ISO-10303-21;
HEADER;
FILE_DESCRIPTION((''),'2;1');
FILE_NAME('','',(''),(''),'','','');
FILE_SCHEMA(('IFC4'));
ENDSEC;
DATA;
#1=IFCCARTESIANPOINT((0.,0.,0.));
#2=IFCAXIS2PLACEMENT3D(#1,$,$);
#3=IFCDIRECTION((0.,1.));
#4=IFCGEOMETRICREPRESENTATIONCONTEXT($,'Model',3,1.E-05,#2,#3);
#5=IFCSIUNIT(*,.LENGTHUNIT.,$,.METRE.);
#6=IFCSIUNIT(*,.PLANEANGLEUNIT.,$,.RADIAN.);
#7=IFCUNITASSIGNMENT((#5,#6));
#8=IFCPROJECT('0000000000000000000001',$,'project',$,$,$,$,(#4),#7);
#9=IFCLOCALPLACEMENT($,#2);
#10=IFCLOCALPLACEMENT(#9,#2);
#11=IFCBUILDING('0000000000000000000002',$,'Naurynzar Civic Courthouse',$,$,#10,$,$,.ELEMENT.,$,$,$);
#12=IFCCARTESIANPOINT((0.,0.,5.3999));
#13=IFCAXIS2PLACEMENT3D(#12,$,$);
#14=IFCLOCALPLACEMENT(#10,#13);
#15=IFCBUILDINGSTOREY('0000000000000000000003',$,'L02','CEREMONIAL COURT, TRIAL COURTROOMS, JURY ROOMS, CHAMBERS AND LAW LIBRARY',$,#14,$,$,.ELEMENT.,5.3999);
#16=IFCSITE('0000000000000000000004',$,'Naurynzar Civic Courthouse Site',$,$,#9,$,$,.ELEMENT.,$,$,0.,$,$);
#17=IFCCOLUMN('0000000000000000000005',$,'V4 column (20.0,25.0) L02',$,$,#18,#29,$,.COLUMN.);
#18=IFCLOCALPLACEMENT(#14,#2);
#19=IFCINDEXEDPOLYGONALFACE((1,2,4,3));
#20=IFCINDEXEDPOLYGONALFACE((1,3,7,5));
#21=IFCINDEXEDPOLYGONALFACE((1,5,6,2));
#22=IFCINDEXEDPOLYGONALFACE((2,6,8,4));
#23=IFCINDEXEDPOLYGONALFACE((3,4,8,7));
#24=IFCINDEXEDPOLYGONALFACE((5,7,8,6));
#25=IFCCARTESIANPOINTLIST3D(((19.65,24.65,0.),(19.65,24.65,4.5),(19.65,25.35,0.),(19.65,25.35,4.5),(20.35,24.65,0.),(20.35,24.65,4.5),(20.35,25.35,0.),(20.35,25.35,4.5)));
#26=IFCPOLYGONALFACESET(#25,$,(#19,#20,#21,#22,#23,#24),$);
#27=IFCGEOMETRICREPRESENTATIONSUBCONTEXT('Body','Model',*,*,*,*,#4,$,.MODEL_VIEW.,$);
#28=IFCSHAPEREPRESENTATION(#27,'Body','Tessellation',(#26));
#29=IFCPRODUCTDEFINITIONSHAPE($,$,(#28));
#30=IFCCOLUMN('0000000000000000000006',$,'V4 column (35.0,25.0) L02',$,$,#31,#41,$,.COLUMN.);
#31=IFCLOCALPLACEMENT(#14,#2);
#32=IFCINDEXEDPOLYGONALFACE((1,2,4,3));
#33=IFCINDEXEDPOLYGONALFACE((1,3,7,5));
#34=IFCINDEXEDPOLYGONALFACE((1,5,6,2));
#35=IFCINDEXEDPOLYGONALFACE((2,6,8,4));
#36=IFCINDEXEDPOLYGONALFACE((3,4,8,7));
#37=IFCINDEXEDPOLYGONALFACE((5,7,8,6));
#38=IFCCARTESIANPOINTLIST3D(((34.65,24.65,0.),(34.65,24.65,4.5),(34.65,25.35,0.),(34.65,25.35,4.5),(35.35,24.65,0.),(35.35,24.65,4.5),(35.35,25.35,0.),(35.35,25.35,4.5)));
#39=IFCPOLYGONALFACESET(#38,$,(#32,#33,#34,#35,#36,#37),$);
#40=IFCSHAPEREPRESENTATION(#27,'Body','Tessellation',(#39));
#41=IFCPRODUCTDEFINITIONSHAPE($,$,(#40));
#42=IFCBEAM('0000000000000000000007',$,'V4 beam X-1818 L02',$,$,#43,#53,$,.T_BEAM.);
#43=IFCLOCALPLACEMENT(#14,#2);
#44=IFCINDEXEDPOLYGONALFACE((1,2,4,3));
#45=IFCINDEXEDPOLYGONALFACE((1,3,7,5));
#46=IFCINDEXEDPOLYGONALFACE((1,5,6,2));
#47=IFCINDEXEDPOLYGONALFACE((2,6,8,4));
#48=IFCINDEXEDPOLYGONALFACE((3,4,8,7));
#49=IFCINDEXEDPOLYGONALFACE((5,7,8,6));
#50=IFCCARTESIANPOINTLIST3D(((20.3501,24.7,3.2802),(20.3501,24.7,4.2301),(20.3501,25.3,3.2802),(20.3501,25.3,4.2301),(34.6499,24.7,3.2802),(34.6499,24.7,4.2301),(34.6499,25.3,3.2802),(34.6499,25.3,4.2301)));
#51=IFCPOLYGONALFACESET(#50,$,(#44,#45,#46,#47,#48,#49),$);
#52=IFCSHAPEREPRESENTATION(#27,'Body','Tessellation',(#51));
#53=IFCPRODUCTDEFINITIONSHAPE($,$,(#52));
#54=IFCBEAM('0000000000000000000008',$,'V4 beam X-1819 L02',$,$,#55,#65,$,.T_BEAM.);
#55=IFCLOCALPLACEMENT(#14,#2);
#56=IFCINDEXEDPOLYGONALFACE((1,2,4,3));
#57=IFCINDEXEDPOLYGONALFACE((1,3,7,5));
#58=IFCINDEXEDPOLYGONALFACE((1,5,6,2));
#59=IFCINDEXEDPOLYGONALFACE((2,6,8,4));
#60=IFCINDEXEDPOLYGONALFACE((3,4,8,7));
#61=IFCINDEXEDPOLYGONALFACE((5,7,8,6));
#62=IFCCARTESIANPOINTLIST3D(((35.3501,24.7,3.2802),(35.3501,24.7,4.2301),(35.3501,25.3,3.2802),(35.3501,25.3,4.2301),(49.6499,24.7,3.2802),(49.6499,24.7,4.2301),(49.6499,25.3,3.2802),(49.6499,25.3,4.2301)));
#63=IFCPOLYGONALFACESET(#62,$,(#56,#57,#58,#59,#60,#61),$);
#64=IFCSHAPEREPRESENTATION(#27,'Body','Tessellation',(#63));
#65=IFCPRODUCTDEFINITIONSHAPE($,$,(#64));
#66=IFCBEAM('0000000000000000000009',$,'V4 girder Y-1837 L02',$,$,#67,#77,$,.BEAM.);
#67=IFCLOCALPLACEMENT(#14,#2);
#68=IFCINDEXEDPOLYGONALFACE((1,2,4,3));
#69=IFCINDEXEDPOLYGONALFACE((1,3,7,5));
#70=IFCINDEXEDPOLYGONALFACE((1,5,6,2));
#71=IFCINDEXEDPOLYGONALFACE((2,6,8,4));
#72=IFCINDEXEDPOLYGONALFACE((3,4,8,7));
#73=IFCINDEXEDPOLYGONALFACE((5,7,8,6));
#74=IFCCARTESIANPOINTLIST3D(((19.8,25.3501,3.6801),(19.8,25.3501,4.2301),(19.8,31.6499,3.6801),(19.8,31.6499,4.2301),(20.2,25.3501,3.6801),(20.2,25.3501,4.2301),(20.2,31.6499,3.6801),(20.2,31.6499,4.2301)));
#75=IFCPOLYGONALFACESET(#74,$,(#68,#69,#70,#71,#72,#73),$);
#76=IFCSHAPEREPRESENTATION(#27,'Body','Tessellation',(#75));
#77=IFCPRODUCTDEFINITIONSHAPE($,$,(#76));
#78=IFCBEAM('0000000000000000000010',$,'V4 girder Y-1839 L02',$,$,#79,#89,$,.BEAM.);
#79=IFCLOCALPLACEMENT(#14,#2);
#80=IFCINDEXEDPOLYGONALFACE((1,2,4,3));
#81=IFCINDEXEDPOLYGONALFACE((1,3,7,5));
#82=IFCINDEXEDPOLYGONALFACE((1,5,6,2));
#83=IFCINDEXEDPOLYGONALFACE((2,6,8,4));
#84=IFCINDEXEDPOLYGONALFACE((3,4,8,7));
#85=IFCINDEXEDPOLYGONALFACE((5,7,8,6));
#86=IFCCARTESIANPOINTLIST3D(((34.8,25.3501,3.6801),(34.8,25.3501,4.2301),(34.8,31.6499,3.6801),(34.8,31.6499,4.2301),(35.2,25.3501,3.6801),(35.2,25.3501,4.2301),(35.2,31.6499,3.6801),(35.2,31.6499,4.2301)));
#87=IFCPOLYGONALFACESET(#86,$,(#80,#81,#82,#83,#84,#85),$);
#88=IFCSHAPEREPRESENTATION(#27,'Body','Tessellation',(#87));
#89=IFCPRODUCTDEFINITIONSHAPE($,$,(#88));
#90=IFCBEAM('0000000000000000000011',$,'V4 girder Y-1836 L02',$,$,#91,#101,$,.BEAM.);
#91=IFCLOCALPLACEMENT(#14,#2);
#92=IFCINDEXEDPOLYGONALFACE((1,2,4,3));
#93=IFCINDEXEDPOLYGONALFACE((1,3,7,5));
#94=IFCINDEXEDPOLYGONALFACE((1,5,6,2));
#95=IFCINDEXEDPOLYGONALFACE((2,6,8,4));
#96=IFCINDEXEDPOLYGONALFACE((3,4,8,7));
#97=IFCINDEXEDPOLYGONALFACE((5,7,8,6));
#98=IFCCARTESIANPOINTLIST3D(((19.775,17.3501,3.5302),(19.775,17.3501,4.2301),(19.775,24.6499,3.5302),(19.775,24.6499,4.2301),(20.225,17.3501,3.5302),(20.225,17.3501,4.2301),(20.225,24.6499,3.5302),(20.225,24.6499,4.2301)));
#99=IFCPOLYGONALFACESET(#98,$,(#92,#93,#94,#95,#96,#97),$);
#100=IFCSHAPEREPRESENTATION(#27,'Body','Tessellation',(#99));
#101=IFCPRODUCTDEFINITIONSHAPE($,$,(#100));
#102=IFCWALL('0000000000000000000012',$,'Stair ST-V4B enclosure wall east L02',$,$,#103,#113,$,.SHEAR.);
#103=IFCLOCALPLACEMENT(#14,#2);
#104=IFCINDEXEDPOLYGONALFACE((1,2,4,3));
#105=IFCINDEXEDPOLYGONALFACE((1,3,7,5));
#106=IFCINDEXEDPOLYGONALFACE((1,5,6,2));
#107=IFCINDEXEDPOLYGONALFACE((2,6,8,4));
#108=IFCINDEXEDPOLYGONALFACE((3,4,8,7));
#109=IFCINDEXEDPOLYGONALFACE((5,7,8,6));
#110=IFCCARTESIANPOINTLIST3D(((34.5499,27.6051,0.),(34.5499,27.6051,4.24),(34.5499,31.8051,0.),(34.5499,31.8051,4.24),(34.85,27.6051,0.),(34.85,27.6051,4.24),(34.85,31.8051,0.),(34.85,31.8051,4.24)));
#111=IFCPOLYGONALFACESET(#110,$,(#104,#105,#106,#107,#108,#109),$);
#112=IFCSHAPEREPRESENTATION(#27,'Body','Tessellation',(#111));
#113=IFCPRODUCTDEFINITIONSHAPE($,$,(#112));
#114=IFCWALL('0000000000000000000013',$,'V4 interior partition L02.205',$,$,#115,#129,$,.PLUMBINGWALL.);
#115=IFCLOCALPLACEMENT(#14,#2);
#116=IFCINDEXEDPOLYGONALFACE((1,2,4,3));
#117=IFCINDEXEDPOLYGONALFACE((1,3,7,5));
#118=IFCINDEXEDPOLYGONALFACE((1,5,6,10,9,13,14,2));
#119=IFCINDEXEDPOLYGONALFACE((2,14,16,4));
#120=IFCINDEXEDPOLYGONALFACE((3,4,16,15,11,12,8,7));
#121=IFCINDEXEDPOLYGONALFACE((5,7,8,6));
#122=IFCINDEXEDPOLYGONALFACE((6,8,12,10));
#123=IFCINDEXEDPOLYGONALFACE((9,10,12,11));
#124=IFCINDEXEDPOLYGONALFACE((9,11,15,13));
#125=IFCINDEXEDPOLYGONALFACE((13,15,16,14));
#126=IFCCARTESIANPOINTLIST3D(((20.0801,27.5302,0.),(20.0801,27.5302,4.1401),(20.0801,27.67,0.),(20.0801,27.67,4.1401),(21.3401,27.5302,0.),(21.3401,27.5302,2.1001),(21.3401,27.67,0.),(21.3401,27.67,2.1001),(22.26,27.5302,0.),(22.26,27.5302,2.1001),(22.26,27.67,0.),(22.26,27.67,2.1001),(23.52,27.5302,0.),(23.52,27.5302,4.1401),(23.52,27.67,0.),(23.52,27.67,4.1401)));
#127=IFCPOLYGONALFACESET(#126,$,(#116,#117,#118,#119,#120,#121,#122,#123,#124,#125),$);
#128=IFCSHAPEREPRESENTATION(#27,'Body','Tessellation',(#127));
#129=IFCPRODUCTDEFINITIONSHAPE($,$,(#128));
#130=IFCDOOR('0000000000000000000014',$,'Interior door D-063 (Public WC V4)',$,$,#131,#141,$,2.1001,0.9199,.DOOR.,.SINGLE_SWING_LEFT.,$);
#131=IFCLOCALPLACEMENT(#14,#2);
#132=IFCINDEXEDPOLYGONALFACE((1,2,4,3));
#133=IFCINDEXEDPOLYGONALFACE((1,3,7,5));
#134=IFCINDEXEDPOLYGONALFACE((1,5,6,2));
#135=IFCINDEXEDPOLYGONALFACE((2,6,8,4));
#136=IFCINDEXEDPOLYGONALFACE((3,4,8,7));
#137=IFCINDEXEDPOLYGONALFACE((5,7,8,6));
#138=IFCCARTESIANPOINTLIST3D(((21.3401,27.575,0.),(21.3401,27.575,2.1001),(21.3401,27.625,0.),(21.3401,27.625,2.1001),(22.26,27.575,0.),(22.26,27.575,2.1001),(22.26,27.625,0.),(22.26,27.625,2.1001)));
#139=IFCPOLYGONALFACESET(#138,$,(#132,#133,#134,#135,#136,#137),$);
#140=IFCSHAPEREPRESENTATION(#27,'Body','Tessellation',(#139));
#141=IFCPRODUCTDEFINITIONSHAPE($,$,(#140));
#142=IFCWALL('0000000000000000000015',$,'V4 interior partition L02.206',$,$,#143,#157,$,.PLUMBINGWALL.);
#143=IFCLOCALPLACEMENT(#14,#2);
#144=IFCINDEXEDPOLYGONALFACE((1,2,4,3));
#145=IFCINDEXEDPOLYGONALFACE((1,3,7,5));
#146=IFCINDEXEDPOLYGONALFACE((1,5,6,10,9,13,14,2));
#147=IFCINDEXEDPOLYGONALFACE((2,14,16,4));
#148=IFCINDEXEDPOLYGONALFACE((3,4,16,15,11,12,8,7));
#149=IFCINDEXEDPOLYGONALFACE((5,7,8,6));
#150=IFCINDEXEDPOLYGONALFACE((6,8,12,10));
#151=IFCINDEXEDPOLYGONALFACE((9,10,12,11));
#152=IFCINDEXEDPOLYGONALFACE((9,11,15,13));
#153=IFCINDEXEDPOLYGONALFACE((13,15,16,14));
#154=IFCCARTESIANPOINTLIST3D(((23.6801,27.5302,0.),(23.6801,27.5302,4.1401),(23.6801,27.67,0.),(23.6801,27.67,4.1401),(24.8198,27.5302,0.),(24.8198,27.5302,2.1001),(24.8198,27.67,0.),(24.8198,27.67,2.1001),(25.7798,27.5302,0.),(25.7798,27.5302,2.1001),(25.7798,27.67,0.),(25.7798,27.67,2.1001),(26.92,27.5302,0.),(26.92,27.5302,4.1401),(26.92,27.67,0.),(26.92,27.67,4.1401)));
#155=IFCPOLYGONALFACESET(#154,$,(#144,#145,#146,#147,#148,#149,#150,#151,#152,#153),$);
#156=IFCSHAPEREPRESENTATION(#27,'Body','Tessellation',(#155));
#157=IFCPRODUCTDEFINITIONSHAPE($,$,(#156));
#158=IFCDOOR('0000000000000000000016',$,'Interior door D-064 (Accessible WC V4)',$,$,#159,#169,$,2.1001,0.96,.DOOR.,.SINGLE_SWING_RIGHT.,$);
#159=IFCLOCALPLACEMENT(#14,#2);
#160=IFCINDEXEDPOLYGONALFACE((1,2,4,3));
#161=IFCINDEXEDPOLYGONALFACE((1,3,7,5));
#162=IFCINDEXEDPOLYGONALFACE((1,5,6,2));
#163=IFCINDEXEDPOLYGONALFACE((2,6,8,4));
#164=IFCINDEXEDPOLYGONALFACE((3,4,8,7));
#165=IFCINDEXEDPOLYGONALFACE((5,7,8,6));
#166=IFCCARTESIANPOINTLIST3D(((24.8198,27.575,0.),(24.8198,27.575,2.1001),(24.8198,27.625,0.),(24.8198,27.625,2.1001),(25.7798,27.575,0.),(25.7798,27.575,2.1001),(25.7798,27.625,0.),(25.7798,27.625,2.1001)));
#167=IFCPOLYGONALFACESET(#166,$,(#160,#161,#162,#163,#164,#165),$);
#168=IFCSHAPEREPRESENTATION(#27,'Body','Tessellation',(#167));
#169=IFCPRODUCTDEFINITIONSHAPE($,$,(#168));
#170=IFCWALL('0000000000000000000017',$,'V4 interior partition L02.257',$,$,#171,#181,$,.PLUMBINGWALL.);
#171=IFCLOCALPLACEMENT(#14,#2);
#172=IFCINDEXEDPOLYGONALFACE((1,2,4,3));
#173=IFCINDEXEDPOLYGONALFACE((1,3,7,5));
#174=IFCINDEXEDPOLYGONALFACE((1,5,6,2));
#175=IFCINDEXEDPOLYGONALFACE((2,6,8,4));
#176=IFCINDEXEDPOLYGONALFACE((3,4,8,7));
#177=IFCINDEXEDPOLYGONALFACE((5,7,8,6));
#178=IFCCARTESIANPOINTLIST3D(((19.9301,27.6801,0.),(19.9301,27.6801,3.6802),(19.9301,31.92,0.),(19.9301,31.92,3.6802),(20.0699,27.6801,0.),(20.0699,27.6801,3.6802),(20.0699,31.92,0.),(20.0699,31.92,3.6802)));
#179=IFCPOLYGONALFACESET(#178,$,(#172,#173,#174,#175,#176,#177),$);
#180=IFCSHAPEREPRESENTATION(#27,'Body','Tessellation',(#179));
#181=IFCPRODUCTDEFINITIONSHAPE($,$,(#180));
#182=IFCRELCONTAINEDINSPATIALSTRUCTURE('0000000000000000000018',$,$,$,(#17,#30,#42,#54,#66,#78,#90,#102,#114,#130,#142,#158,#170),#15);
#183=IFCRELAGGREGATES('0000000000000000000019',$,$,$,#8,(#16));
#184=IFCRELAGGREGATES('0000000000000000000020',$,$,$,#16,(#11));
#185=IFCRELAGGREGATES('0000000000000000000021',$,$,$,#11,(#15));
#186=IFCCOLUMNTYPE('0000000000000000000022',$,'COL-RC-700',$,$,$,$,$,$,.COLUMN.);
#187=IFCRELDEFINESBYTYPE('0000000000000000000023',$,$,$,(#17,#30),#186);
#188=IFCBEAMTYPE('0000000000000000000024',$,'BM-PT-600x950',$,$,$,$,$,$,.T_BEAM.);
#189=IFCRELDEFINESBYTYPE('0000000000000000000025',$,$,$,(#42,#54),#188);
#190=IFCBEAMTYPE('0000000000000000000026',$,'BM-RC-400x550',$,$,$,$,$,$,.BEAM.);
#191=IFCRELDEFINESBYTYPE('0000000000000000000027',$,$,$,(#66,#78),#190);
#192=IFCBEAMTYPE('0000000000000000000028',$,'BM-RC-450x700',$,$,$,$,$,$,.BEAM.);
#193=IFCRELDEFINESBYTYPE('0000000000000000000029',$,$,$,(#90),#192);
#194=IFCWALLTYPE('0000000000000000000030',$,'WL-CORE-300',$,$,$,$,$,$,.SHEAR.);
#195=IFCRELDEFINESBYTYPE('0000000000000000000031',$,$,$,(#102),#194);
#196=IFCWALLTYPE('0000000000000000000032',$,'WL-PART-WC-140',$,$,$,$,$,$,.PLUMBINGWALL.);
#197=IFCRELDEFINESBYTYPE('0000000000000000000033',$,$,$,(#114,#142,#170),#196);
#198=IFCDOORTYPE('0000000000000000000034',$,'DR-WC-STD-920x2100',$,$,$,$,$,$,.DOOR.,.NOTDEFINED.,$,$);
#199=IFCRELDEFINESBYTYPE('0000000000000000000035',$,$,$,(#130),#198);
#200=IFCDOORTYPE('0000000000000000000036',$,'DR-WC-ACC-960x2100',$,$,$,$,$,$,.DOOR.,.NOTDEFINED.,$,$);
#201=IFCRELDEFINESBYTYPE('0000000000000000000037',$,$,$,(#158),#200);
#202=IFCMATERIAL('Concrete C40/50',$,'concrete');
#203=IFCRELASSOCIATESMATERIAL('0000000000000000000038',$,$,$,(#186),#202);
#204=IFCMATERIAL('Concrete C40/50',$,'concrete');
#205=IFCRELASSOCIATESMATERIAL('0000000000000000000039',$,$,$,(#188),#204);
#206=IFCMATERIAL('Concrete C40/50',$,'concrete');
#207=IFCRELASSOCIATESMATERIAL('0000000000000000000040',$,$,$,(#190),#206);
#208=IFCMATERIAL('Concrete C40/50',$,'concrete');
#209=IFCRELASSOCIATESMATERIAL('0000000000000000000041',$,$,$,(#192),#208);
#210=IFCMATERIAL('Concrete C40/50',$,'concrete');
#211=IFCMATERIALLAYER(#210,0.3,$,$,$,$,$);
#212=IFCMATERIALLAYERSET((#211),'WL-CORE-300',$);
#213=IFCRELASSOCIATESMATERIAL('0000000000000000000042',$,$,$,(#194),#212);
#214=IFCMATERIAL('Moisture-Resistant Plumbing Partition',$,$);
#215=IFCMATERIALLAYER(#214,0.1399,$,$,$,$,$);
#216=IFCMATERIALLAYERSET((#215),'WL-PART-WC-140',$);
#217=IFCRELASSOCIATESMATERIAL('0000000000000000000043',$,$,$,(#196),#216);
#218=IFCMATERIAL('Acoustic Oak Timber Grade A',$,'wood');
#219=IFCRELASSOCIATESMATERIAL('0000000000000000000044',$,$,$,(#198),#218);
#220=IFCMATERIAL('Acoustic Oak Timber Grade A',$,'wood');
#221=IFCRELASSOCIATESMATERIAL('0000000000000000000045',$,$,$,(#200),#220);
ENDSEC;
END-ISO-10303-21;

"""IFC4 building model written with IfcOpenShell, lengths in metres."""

from ifc_helpers import new_model, si_unit, direction, frame, frame_2d, origin, origin_2d, place, context, subcontext, project, spatial, rectangle, extrude, material, layer, layer_set, material_profile, profile_set, type_object, element, fill, save


model = new_model("IFC4")

# Units and contexts
model_context = context("Model", 3, precision=1e-05, world=origin(), true_north=direction((0.0, 1.0)))
body_context = subcontext(model_context, "Body", "Model", "MODEL_VIEW")
ifc_project = project(units=[si_unit("LENGTHUNIT", "METRE"), si_unit("PLANEANGLEUNIT", "RADIAN")], contexts=[model_context])

# Site, building, storey
site_placement = place(None, origin())
site = spatial("IfcSite", under=ifc_project, at=site_placement, Name="Naurynzar Civic Courthouse Site", CompositionType="ELEMENT", RefElevation=0.0)
building_placement = place(site_placement, origin())
building = spatial("IfcBuilding", under=site, at=building_placement, Name="Naurynzar Civic Courthouse", CompositionType="ELEMENT")
storey_placement = place(building_placement, frame((0.0, 0.0, 5.3999)))
storey = spatial("IfcBuildingStorey", under=building, at=storey_placement, Name="L02", Description="CEREMONIAL COURT, TRIAL COURTROOMS, JURY ROOMS, CHAMBERS AND LAW LIBRARY", CompositionType="ELEMENT", Elevation=5.3999)

# Columns
ifc_material_1 = material(Name="Concrete C40/50", Category="concrete")
ifc_material_profile_1 = material_profile(ifc_material_1, rectangle(XDim=0.7, YDim=0.7, at=origin_2d()), Name="RC 700x700")
ifc_profile_set_1 = profile_set([ifc_material_profile_1], Name="Concrete C40/50")
column_type = type_object("IfcColumnType", Name="COL-RC-700", PredefinedType="COLUMN", material=ifc_profile_set_1)
for number, where, z_axis, x_axis, name in (
    (1, (20.0, 25.0, 0.0), (0.0, 0.0, 1.0), (1.0, 0.0, 0.0), "V4 column (20.0,25.0) L02"),
    (2, (35.0, 25.0, 0.0), (0.0, 0.0, 1.0), (1.0, 0.0, 0.0), "V4 column (35.0,25.0) L02"),
):
    element("IfcColumn", number, at=place(storey_placement, frame(where, z_axis=z_axis, x_axis=x_axis)), inside=storey, type_object=column_type, Name=name, PredefinedType="COLUMN", context=body_context, shape_type="SweptSolid", body=[
        extrude(rectangle(XDim=0.7, YDim=0.7, at=origin_2d()), origin(), (0.0, 0.0, 1.0), 4.5),
    ])

# Beams
ifc_material_2 = material(Name="Concrete C40/50", Category="concrete")
ifc_material_profile_2 = material_profile(ifc_material_2, rectangle(XDim=0.6001, YDim=0.95, at=origin_2d()), Name="PTB 600x950")
ifc_profile_set_2 = profile_set([ifc_material_profile_2], Name="Concrete C40/50")
beam_type_1 = type_object("IfcBeamType", Name="BM-PT-600x950", PredefinedType="T_BEAM", material=ifc_profile_set_2)
for number, where, z_axis, x_axis, name in (
    (3, (20.3501, 25.0, 3.7551), (1.0, 0.0, 0.0), (0.0, 1.0, 0.0), "V4 beam X-1818 L02"),
    (4, (35.3501, 25.0, 3.7551), (1.0, 0.0, 0.0), (0.0, 1.0, 0.0), "V4 beam X-1819 L02"),
):
    element("IfcBeam", number, at=place(storey_placement, frame(where, z_axis=z_axis, x_axis=x_axis)), inside=storey, type_object=beam_type_1, Name=name, PredefinedType="T_BEAM", context=body_context, shape_type="SweptSolid", body=[
        extrude(rectangle(XDim=0.6001, YDim=0.95, at=origin_2d()), origin(), (0.0, 0.0, 1.0), 14.2998),
    ])
ifc_material_3 = material(Name="Concrete C40/50", Category="concrete")
ifc_material_profile_3 = material_profile(ifc_material_3, rectangle(XDim=0.3999, YDim=0.55, at=origin_2d()), Name="RCB 400x550")
ifc_profile_set_3 = profile_set([ifc_material_profile_3], Name="Concrete C40/50")
beam_type_2 = type_object("IfcBeamType", Name="BM-RC-400x550", PredefinedType="BEAM", material=ifc_profile_set_3)
for number, where, z_axis, x_axis, name in (
    (5, (20.0, 25.3501, 3.9551), (0.0, 1.0, 0.0), (-1.0, 0.0, 0.0), "V4 girder Y-1837 L02"),
    (6, (35.0, 25.3501, 3.9551), (0.0, 1.0, 0.0), (-1.0, 0.0, 0.0), "V4 girder Y-1839 L02"),
):
    element("IfcBeam", number, at=place(storey_placement, frame(where, z_axis=z_axis, x_axis=x_axis)), inside=storey, type_object=beam_type_2, Name=name, PredefinedType="BEAM", context=body_context, shape_type="SweptSolid", body=[
        extrude(rectangle(XDim=0.3999, YDim=0.55, at=origin_2d()), origin(), (0.0, 0.0, 1.0), 6.2998),
    ])
ifc_material_4 = material(Name="Concrete C40/50", Category="concrete")
ifc_material_profile_4 = material_profile(ifc_material_4, rectangle(XDim=0.45, YDim=0.7, at=origin_2d()), Name="RCB 450x700")
ifc_profile_set_4 = profile_set([ifc_material_profile_4], Name="Concrete C40/50")
beam_type_3 = type_object("IfcBeamType", Name="BM-RC-450x700", PredefinedType="BEAM", material=ifc_profile_set_4)
beam_placement = place(storey_placement, frame((20.0, 17.3501, 3.8801), z_axis=(0.0, 1.0, 0.0), x_axis=(-1.0, 0.0, 0.0)))
element("IfcBeam", 7, at=beam_placement, inside=storey, type_object=beam_type_3, Name="V4 girder Y-1836 L02", PredefinedType="BEAM", context=body_context, shape_type="SweptSolid", body=[
    extrude(rectangle(XDim=0.45, YDim=0.7, at=origin_2d()), origin(), (0.0, 0.0, 1.0), 7.2998),
])

# Shared definitions
ifc_material_5 = material(Name="Concrete C40/50", Category="concrete")
ifc_layer_1 = layer(ifc_material_5, 0.3)
ifc_layer_set_1 = layer_set([ifc_layer_1], Name="WL-CORE-300")
wall_type_1 = type_object("IfcWallType", Name="WL-CORE-300", PredefinedType="SHEAR", material=ifc_layer_set_1)

# Wall
wall_1_placement = place(storey_placement, frame((34.7, 27.605, 0.0), z_axis=(0.0, 0.0, 1.0), x_axis=(0.0, 1.0, 0.0)))
element("IfcWall", 8, at=wall_1_placement, inside=storey, type_object=wall_type_1, Name="Stair ST-V4B enclosure wall east L02", PredefinedType="SHEAR", context=body_context, shape_type="SweptSolid", body=[
    extrude(rectangle(XDim=4.2, YDim=0.3, at=frame_2d((2.1001, 0.0))), origin(), (0.0, 0.0, 1.0), 4.24),
])

# Walls, openings, doors
ifc_material_6 = material(Name="Moisture-Resistant Plumbing Partition")
ifc_layer_2 = layer(ifc_material_6, 0.1399)
ifc_layer_set_2 = layer_set([ifc_layer_2], Name="WL-PART-WC-140")
wall_type_2 = type_object("IfcWallType", Name="WL-PART-WC-140", PredefinedType="PLUMBINGWALL", material=ifc_layer_set_2)
wall_2_placement = place(storey_placement, frame((20.0801, 27.6001, 0.0), z_axis=(0.0, 0.0, 1.0), x_axis=(1.0, 0.0, 0.0)))
wall_2 = element("IfcWall", 9, at=wall_2_placement, inside=storey, type_object=wall_type_2, Name="V4 interior partition L02.205", PredefinedType="PLUMBINGWALL", context=body_context, shape_type="SweptSolid", body=[
    extrude(rectangle(XDim=3.4399, YDim=0.1399, at=frame_2d((1.72, 0.0))), origin(), (0.0, 0.0, 1.0), 4.1401),
])
opening_1_placement = place(wall_2_placement, frame((1.26, 0.0, 0.0)))
opening_1 = element("IfcOpeningElement", 10, at=opening_1_placement, cuts=wall_2, PredefinedType="OPENING", context=body_context, shape_type="SweptSolid", body=[
    extrude(rectangle(XDim=0.9199, YDim=2.1001, at=frame_2d((0.46, 1.05))), frame((0.0, 0.0798, 0.0), z_axis=(0.0, -1.0, 0.0), x_axis=(1.0, 0.0, 0.0)), (0.0, 0.0, 1.0), 0.1599),
])
ifc_material_7 = material(Name="Acoustic Oak Timber Grade A", Category="wood")
door_type_1 = type_object("IfcDoorType", Name="DR-WC-STD-920x2100", OperationType="NOTDEFINED", PredefinedType="DOOR", material=ifc_material_7)
door_1_placement = place(opening_1_placement, origin())
door_1 = element("IfcDoor", 11, at=door_1_placement, inside=storey, type_object=door_type_1, Name="Interior door D-063 (Public WC V4)", OperationType="SINGLE_SWING_LEFT", OverallHeight=2.1001, OverallWidth=0.9199, PredefinedType="DOOR", context=body_context, shape_type="SweptSolid", body=[
    extrude(rectangle(XDim=0.9199, YDim=2.1001, at=frame_2d((0.46, 1.05))), frame((0.0, 0.0249, 0.0), z_axis=(0.0, -1.0, 0.0), x_axis=(1.0, 0.0, 0.0)), (0.0, 0.0, 1.0), 0.05),
])
fill(opening_1, door_1)
wall_3_placement = place(storey_placement, frame((23.6799, 27.6001, 0.0), z_axis=(0.0, 0.0, 1.0), x_axis=(1.0, 0.0, 0.0)))
wall_3 = element("IfcWall", 12, at=wall_3_placement, inside=storey, type_object=wall_type_2, Name="V4 interior partition L02.206", PredefinedType="PLUMBINGWALL", context=body_context, shape_type="SweptSolid", body=[
    extrude(rectangle(XDim=3.24, YDim=0.1399, at=frame_2d((1.6201, 0.0))), origin(), (0.0, 0.0, 1.0), 4.1401),
])
opening_2_placement = place(wall_3_placement, frame((1.1399, 0.0, 0.0)))
opening_2 = element("IfcOpeningElement", 13, at=opening_2_placement, cuts=wall_3, PredefinedType="OPENING", context=body_context, shape_type="SweptSolid", body=[
    extrude(rectangle(XDim=0.96, YDim=2.1001, at=frame_2d((0.48, 1.05))), frame((0.0, 0.0798, 0.0), z_axis=(0.0, -1.0, 0.0), x_axis=(1.0, 0.0, 0.0)), (0.0, 0.0, 1.0), 0.1599),
])
ifc_material_8 = material(Name="Acoustic Oak Timber Grade A", Category="wood")
door_type_2 = type_object("IfcDoorType", Name="DR-WC-ACC-960x2100", OperationType="NOTDEFINED", PredefinedType="DOOR", material=ifc_material_8)
door_2_placement = place(opening_2_placement, origin())
door_2 = element("IfcDoor", 14, at=door_2_placement, inside=storey, type_object=door_type_2, Name="Interior door D-064 (Accessible WC V4)", OperationType="SINGLE_SWING_RIGHT", OverallHeight=2.1001, OverallWidth=0.96, PredefinedType="DOOR", context=body_context, shape_type="SweptSolid", body=[
    extrude(rectangle(XDim=0.96, YDim=2.1001, at=frame_2d((0.48, 1.05))), frame((0.0, 0.0249, 0.0), z_axis=(0.0, -1.0, 0.0), x_axis=(1.0, 0.0, 0.0)), (0.0, 0.0, 1.0), 0.05),
])
fill(opening_2, door_2)

# Wall
wall_4_placement = place(storey_placement, frame((20.0, 27.6799, 0.0), z_axis=(0.0, 0.0, 1.0), x_axis=(0.0, 1.0, 0.0)))
element("IfcWall", 15, at=wall_4_placement, inside=storey, type_object=wall_type_2, Name="V4 interior partition L02.257", PredefinedType="PLUMBINGWALL", context=body_context, shape_type="SweptSolid", body=[
    extrude(rectangle(XDim=4.24, YDim=0.1399, at=frame_2d((2.1201, 0.0))), origin(), (0.0, 0.0, 1.0), 3.6802),
])

save(model, "model.ifc")
